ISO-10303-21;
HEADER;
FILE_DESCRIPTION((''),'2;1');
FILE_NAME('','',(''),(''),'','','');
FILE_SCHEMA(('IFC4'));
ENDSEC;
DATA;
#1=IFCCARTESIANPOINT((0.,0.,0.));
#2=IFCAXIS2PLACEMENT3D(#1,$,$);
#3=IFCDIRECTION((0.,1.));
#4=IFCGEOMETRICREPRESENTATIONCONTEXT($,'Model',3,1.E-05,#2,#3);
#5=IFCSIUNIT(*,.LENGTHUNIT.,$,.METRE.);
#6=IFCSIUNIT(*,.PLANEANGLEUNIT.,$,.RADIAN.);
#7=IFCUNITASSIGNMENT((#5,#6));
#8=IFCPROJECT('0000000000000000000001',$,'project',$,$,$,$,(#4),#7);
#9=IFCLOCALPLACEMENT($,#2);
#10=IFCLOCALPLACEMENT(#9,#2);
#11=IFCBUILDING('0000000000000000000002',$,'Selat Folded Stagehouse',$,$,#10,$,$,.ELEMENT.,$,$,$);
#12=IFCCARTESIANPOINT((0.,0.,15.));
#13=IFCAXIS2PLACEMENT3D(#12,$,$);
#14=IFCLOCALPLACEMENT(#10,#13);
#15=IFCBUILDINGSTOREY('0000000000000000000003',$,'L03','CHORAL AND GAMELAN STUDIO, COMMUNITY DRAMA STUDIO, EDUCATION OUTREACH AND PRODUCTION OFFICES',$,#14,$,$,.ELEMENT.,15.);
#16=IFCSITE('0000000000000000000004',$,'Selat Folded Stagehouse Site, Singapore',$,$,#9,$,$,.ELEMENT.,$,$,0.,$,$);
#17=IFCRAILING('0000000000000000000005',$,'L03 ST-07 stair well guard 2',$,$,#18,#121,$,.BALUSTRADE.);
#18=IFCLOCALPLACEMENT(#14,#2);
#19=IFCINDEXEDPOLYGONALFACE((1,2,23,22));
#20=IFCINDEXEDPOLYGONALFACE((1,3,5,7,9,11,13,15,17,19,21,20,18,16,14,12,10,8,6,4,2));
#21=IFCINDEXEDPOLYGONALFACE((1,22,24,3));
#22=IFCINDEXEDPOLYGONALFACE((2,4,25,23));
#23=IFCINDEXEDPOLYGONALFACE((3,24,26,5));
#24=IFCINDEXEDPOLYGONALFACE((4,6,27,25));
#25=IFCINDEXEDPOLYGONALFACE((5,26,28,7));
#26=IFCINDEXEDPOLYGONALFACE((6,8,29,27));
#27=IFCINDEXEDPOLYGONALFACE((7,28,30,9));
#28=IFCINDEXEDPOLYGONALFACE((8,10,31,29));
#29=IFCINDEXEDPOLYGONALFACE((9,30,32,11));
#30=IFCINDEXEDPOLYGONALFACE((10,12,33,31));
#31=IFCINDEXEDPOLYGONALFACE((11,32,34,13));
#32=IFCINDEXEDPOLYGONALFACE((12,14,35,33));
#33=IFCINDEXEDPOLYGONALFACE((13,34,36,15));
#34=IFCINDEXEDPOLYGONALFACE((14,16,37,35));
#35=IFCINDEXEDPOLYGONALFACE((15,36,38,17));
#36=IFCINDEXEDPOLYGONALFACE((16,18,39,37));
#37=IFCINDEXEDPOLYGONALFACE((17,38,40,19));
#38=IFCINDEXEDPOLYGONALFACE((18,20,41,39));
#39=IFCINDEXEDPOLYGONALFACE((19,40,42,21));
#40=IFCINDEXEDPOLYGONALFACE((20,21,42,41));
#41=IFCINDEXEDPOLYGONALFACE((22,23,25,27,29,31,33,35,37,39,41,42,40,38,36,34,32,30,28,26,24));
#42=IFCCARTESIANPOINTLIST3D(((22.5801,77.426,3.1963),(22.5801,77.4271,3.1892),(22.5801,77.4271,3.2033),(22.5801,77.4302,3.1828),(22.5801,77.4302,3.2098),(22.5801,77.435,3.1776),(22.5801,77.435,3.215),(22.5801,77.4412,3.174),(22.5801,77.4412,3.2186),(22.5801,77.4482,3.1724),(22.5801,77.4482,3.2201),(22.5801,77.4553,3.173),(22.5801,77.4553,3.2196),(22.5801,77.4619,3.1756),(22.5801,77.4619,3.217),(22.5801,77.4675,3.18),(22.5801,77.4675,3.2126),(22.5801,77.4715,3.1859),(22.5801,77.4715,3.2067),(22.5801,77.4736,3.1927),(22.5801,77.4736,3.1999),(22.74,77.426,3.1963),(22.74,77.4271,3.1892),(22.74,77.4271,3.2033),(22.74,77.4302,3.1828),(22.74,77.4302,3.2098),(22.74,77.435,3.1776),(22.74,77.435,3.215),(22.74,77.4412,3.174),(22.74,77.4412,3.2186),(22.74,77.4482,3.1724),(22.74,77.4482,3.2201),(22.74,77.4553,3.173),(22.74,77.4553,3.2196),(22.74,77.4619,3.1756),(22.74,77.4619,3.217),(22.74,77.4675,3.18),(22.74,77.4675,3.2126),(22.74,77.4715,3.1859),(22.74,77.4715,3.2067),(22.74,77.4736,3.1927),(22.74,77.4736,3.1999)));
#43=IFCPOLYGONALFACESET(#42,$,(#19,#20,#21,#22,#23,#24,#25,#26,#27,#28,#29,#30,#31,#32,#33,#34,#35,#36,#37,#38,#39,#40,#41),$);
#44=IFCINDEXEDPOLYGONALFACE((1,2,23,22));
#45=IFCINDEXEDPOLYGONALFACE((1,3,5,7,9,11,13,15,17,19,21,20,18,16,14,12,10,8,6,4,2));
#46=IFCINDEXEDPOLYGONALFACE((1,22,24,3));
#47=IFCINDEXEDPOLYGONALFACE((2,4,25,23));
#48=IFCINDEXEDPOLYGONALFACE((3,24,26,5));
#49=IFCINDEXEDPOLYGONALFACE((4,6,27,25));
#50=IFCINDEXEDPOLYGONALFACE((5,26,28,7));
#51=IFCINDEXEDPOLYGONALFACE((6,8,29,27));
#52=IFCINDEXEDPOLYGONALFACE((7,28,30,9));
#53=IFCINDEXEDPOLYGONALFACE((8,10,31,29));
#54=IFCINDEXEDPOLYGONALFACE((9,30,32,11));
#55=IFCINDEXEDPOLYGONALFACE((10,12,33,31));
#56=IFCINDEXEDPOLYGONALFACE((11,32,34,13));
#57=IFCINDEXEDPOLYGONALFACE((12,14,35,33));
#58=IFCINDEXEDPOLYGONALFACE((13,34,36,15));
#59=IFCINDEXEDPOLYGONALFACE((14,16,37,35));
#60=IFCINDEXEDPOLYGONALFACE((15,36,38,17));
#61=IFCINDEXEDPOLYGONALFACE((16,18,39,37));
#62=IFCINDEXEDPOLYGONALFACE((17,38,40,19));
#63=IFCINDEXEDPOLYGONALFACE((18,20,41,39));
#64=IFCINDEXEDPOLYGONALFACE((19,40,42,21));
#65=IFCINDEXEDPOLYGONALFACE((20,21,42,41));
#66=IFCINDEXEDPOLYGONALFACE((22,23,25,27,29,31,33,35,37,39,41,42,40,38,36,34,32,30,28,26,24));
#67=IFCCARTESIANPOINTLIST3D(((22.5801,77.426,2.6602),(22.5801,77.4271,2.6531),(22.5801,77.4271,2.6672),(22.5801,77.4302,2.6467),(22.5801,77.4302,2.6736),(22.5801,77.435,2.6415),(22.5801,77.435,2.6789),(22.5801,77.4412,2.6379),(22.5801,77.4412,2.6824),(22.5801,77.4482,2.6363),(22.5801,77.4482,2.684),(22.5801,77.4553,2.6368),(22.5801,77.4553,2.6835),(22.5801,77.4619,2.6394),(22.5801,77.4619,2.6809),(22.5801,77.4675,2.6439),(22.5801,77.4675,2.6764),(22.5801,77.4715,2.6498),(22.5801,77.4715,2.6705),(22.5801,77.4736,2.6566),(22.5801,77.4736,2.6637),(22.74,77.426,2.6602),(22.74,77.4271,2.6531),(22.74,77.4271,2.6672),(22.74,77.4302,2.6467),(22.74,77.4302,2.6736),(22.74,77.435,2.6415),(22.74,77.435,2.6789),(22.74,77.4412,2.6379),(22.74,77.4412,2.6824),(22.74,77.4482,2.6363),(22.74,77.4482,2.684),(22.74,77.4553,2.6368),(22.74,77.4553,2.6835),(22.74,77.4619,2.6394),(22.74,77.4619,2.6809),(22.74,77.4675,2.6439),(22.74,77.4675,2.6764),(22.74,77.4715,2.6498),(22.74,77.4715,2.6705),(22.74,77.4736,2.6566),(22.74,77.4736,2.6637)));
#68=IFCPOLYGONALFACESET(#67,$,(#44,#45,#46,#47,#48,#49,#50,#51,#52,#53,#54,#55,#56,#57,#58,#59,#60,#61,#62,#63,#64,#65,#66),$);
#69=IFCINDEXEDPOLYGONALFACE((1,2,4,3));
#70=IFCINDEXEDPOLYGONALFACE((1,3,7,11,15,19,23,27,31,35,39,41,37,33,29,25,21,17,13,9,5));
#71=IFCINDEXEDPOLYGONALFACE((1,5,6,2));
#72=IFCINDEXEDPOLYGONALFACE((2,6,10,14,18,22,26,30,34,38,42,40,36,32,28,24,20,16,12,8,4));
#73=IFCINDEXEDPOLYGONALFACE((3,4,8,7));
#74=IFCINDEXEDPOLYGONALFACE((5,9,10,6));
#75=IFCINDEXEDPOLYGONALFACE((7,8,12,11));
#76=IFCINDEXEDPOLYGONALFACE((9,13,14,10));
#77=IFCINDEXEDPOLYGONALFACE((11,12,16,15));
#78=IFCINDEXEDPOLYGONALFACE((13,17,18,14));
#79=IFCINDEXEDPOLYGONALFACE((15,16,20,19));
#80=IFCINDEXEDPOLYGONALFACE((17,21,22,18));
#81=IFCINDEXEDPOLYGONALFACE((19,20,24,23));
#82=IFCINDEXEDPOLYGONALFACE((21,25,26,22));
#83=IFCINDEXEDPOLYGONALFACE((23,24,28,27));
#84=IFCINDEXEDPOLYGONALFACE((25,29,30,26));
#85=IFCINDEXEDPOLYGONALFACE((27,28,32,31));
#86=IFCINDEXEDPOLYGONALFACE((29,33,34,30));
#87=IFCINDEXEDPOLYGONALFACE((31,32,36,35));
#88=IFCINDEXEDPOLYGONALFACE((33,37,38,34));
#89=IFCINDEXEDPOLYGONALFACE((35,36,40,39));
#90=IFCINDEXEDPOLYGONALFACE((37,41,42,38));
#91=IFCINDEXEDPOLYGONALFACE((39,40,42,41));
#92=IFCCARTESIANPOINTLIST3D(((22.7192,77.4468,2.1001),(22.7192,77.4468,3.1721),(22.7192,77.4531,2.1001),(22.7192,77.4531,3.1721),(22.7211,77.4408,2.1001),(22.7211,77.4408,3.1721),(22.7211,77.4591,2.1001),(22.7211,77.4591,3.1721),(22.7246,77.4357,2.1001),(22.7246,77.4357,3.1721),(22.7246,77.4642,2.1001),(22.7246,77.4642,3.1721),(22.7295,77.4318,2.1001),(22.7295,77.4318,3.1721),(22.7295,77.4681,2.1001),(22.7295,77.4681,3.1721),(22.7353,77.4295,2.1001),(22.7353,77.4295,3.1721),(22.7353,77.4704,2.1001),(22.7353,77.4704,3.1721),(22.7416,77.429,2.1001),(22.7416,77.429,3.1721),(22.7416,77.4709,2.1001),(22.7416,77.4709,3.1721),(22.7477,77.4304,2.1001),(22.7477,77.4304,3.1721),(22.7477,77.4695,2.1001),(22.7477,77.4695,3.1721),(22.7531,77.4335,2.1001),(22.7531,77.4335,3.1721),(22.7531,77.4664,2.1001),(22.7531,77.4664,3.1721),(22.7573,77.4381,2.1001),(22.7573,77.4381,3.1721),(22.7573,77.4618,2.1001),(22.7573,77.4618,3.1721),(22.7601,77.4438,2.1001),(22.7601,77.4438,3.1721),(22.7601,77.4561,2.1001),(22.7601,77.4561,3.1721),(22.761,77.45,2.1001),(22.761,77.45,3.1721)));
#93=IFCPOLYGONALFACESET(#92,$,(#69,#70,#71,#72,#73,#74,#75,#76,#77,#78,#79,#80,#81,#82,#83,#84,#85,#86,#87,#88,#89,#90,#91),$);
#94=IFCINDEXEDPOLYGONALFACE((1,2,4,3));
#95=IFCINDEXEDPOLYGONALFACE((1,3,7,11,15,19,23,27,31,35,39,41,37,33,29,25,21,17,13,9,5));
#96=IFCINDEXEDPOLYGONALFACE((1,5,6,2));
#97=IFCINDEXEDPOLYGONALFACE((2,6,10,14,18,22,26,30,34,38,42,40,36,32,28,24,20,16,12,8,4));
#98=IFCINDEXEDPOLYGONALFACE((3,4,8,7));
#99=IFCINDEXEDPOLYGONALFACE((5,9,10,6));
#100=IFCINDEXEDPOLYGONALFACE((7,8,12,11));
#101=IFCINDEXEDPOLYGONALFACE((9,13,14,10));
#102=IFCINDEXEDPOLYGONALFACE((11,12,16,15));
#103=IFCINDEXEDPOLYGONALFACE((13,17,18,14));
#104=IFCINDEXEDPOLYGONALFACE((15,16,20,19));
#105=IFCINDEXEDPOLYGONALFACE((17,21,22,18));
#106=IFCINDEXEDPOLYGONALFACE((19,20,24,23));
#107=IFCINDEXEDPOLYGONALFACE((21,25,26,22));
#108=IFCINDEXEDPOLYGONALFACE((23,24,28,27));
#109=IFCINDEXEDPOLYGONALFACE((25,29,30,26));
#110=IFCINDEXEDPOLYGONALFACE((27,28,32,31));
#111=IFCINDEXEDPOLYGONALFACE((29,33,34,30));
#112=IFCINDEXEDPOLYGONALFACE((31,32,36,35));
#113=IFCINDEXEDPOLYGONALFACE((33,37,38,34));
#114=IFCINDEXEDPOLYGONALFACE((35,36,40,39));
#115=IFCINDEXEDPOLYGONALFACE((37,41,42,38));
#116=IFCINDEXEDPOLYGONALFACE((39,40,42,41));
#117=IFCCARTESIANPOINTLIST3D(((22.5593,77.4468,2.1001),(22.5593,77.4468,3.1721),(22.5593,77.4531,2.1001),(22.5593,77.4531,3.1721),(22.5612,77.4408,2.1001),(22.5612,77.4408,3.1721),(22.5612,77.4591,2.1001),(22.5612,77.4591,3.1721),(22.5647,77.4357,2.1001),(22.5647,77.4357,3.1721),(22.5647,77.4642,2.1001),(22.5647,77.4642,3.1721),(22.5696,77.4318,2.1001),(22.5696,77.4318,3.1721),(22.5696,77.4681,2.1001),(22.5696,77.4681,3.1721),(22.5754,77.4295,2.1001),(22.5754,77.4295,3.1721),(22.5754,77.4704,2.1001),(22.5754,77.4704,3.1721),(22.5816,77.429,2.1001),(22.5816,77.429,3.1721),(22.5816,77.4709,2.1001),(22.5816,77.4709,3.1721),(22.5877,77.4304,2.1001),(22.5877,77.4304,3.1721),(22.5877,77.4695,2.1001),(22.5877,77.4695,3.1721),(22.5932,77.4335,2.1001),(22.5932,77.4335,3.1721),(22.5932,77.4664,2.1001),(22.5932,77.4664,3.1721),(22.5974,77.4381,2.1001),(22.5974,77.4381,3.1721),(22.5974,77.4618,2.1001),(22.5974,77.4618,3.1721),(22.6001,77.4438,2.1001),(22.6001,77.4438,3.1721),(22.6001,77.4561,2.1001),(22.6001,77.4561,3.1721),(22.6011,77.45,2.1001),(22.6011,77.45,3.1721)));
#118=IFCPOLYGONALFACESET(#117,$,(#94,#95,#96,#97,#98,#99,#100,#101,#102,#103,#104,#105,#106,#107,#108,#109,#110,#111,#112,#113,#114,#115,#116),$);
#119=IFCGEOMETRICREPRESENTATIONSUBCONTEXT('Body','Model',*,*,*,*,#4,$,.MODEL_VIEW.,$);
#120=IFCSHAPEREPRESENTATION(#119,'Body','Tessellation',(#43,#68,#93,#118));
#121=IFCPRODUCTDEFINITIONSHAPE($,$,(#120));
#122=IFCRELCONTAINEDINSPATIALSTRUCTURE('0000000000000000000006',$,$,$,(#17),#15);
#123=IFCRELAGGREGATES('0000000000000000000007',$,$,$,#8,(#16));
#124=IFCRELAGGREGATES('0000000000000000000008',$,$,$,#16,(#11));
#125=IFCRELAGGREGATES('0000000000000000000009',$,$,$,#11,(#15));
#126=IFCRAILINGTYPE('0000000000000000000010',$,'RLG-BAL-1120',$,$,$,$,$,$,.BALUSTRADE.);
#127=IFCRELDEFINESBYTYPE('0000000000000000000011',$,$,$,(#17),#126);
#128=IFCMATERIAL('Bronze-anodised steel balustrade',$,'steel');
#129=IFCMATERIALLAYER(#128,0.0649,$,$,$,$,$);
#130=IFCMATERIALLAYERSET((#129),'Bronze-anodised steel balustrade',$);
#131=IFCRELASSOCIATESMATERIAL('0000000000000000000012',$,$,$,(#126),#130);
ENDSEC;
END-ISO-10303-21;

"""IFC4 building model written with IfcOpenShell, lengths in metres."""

from ifc_helpers import new_model, si_unit, direction, frame, origin, origin_2d, place, context, subcontext, project, spatial, circle, extrude, material, layer, layer_set, type_object, element, save


model = new_model("IFC4")

# Units and contexts
model_context = context("Model", 3, precision=1e-05, world=origin(), true_north=direction((0.0, 1.0)))
body_context = subcontext(model_context, "Body", "Model", "MODEL_VIEW")
ifc_project = project(units=[si_unit("LENGTHUNIT", "METRE"), si_unit("PLANEANGLEUNIT", "RADIAN")], contexts=[model_context])

# Site, building, storey
site_placement = place(None, origin())
site = spatial("IfcSite", under=ifc_project, at=site_placement, Name="Selat Folded Stagehouse Site, Singapore", CompositionType="ELEMENT", RefElevation=0.0)
building_placement = place(site_placement, origin())
building = spatial("IfcBuilding", under=site, at=building_placement, Name="Selat Folded Stagehouse", CompositionType="ELEMENT")
storey_placement = place(building_placement, frame((0.0, 0.0, 15.0)))
storey = spatial("IfcBuildingStorey", under=building, at=storey_placement, Name="L03", Description="CHORAL AND GAMELAN STUDIO, COMMUNITY DRAMA STUDIO, EDUCATION OUTREACH AND PRODUCTION OFFICES", CompositionType="ELEMENT", Elevation=15.0)

# Railing
ifc_material_1 = material(Name="Bronze-anodised steel balustrade", Category="steel")
ifc_layer_1 = layer(ifc_material_1, 0.0649)
ifc_layer_set_1 = layer_set([ifc_layer_1], Name="Bronze-anodised steel balustrade")
railing_type_1 = type_object("IfcRailingType", Name="RLG-BAL-1120", PredefinedType="BALUSTRADE", material=ifc_layer_set_1)
railing_1_placement = place(storey_placement, frame((22.74, 77.45, 2.1001)))
element("IfcRailing", 1, at=railing_1_placement, inside=storey, type_object=railing_type_1, Name="L03 ST-07 stair well guard 2", PredefinedType="BALUSTRADE", context=body_context, shape_type="SweptSolid", body=[
    extrude(circle(Radius=0.0239, at=origin_2d()), frame((0.0, 0.0, 1.0962), z_axis=(-1.0, 0.0, 0.0), x_axis=(0.0, -1.0, 0.0)), (0.0, 0.0, 1.0), 0.1599),
    extrude(circle(Radius=0.0239, at=origin_2d()), frame((0.0, 0.0, 0.5601), z_axis=(-1.0, 0.0, 0.0), x_axis=(0.0, -1.0, 0.0)), (0.0, 0.0, 1.0), 0.1599),
    extrude(circle(Radius=0.021, at=origin_2d()), origin(), (0.0, 0.0, 1.0), 1.072),
    extrude(circle(Radius=0.021, at=origin_2d()), frame((-0.1599, 0.0, 0.0)), (0.0, 0.0, 1.0), 1.072),
])

save(model, "model.ifc")
